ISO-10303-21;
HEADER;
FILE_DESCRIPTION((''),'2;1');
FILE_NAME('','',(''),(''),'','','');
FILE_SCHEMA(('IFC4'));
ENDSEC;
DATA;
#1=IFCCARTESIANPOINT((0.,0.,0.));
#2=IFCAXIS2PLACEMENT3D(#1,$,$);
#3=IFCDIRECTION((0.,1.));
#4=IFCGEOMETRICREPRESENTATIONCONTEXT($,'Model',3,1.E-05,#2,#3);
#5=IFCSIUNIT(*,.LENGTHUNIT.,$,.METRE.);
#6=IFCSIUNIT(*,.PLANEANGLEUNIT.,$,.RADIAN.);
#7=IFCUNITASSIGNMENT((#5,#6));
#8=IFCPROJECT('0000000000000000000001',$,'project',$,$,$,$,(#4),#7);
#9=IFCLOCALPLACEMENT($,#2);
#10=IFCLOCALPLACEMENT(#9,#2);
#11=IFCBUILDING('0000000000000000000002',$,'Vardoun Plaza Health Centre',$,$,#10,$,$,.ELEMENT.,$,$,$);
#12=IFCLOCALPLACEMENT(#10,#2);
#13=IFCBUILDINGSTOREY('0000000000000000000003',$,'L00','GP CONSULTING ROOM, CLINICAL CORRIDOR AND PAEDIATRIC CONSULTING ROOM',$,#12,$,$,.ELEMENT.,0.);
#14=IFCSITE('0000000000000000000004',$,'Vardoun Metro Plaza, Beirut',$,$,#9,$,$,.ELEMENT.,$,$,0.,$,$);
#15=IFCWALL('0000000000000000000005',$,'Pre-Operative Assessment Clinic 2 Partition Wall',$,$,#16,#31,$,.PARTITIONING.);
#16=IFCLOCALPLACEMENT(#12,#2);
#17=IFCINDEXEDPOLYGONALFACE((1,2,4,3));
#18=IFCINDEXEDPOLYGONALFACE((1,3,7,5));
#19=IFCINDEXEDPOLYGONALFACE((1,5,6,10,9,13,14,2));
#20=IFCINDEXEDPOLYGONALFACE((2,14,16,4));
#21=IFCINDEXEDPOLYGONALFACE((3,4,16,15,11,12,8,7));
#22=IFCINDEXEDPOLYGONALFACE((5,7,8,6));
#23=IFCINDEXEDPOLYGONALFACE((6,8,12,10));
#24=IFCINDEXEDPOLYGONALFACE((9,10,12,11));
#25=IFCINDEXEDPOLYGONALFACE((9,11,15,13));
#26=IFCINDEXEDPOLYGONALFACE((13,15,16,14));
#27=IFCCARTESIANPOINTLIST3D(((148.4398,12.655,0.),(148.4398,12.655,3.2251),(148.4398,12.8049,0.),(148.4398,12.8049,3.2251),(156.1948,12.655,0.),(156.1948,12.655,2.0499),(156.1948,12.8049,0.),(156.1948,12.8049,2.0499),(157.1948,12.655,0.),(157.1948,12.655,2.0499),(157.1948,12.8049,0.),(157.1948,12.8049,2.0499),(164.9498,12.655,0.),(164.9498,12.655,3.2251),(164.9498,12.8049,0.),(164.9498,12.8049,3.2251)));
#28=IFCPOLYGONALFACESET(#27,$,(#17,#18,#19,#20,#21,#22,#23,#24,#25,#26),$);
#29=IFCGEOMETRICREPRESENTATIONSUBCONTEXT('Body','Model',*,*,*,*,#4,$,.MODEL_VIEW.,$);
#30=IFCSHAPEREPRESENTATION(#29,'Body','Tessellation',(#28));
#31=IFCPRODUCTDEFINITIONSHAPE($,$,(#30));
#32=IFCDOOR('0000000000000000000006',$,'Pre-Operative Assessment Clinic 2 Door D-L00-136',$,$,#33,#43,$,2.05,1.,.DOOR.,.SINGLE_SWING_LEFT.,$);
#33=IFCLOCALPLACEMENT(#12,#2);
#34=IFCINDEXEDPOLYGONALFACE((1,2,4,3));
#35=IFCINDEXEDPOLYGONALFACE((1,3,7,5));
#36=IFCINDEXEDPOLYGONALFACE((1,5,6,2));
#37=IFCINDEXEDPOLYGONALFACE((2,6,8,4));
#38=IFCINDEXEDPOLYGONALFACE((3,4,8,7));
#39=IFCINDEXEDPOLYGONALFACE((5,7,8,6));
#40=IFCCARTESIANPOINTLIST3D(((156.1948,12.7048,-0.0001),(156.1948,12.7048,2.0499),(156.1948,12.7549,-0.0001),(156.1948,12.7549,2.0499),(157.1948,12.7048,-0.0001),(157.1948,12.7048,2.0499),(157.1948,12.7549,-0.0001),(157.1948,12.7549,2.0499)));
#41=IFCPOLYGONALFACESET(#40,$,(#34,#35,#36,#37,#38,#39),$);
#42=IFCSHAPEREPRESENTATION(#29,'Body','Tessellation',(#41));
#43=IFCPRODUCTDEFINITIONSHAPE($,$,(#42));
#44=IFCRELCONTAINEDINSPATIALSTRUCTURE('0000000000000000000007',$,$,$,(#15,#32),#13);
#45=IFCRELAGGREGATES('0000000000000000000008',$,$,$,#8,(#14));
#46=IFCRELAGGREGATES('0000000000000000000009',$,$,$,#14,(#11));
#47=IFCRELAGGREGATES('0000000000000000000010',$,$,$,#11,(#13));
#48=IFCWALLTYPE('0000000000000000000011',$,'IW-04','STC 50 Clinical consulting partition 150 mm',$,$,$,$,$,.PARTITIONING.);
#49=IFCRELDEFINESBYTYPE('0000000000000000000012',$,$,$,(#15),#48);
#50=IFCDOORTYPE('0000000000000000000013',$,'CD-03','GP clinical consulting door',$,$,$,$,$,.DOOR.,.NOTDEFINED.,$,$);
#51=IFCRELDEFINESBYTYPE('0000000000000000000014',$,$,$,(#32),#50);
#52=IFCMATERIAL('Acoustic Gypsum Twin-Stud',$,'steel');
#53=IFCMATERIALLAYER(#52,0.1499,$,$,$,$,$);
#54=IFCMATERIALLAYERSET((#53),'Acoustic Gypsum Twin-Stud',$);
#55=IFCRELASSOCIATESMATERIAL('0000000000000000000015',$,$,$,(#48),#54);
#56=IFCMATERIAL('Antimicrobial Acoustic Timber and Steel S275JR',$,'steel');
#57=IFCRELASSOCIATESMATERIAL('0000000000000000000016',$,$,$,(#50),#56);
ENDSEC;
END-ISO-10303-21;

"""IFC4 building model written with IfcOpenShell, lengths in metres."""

from ifc_helpers import new_model, si_unit, direction, frame, frame_2d, origin, place, context, subcontext, project, spatial, rectangle, extrude, material, layer, layer_set, type_object, element, fill, save


model = new_model("IFC4")

# Units and contexts
model_context = context("Model", 3, precision=1e-05, world=origin(), true_north=direction((0.0, 1.0)))
body_context = subcontext(model_context, "Body", "Model", "MODEL_VIEW")
ifc_project = project(units=[si_unit("LENGTHUNIT", "METRE"), si_unit("PLANEANGLEUNIT", "RADIAN")], contexts=[model_context])

# Site, building, storey
site_placement = place(None, origin())
site = spatial("IfcSite", under=ifc_project, at=site_placement, Name="Vardoun Metro Plaza, Beirut", CompositionType="ELEMENT", RefElevation=0.0)
building_placement = place(site_placement, origin())
building = spatial("IfcBuilding", under=site, at=building_placement, Name="Vardoun Plaza Health Centre", CompositionType="ELEMENT")
storey_placement = place(building_placement, origin())
storey = spatial("IfcBuildingStorey", under=building, at=storey_placement, Name="L00", Description="GP CONSULTING ROOM, CLINICAL CORRIDOR AND PAEDIATRIC CONSULTING ROOM", CompositionType="ELEMENT", Elevation=0.0)

# Wall, opening, door
ifc_material_1 = material(Name="Acoustic Gypsum Twin-Stud", Category="steel")
ifc_layer_1 = layer(ifc_material_1, 0.1499)
ifc_layer_set_1 = layer_set([ifc_layer_1], Name="Acoustic Gypsum Twin-Stud")
wall_type_1 = type_object("IfcWallType", Name="IW-04", Description="STC 50 Clinical consulting partition 150 mm", PredefinedType="PARTITIONING", material=ifc_layer_set_1)
wall_1_placement = place(storey_placement, frame((148.4399, 12.73, 0.0), z_axis=(0.0, 0.0, 1.0), x_axis=(1.0, 0.0, 0.0)))
wall_1 = element("IfcWall", 1, at=wall_1_placement, inside=storey, type_object=wall_type_1, Name="Pre-Operative Assessment Clinic 2 Partition Wall", PredefinedType="PARTITIONING", context=body_context, shape_type="SweptSolid", body=[
    extrude(rectangle(XDim=16.51, YDim=0.1499, at=frame_2d((8.2549, 0.0))), origin(), (0.0, 0.0, 1.0), 3.2251),
])
opening_1_placement = place(wall_1_placement, frame((7.7549, 0.0, 0.0)))
opening_1 = element("IfcOpeningElement", 2, at=opening_1_placement, cuts=wall_1, PredefinedType="OPENING", context=body_context, shape_type="SweptSolid", body=[
    extrude(rectangle(XDim=1.0, YDim=2.05, at=frame_2d((0.5, 1.0249))), frame((0.0, 0.075, 0.0), z_axis=(0.0, -1.0, 0.0), x_axis=(1.0, 0.0, 0.0)), (0.0, 0.0, 1.0), 0.1499),
])
ifc_material_2 = material(Name="Antimicrobial Acoustic Timber and Steel S275JR", Category="steel")
door_type_1 = type_object("IfcDoorType", Name="CD-03", Description="GP clinical consulting door", OperationType="NOTDEFINED", PredefinedType="DOOR", material=ifc_material_2)
door_1_placement = place(opening_1_placement, origin())
door_1 = element("IfcDoor", 3, at=door_1_placement, inside=storey, type_object=door_type_1, Name="Pre-Operative Assessment Clinic 2 Door D-L00-136", OperationType="SINGLE_SWING_LEFT", OverallHeight=2.05, OverallWidth=1.0, PredefinedType="DOOR", context=body_context, shape_type="SweptSolid", body=[
    extrude(rectangle(XDim=1.0, YDim=2.05, at=frame_2d((0.5, 1.0249))), frame((0.0, 0.0249, 0.0), z_axis=(0.0, -1.0, 0.0), x_axis=(1.0, 0.0, 0.0)), (0.0, 0.0, 1.0), 0.05),
])
fill(opening_1, door_1)

save(model, "model.ifc")
